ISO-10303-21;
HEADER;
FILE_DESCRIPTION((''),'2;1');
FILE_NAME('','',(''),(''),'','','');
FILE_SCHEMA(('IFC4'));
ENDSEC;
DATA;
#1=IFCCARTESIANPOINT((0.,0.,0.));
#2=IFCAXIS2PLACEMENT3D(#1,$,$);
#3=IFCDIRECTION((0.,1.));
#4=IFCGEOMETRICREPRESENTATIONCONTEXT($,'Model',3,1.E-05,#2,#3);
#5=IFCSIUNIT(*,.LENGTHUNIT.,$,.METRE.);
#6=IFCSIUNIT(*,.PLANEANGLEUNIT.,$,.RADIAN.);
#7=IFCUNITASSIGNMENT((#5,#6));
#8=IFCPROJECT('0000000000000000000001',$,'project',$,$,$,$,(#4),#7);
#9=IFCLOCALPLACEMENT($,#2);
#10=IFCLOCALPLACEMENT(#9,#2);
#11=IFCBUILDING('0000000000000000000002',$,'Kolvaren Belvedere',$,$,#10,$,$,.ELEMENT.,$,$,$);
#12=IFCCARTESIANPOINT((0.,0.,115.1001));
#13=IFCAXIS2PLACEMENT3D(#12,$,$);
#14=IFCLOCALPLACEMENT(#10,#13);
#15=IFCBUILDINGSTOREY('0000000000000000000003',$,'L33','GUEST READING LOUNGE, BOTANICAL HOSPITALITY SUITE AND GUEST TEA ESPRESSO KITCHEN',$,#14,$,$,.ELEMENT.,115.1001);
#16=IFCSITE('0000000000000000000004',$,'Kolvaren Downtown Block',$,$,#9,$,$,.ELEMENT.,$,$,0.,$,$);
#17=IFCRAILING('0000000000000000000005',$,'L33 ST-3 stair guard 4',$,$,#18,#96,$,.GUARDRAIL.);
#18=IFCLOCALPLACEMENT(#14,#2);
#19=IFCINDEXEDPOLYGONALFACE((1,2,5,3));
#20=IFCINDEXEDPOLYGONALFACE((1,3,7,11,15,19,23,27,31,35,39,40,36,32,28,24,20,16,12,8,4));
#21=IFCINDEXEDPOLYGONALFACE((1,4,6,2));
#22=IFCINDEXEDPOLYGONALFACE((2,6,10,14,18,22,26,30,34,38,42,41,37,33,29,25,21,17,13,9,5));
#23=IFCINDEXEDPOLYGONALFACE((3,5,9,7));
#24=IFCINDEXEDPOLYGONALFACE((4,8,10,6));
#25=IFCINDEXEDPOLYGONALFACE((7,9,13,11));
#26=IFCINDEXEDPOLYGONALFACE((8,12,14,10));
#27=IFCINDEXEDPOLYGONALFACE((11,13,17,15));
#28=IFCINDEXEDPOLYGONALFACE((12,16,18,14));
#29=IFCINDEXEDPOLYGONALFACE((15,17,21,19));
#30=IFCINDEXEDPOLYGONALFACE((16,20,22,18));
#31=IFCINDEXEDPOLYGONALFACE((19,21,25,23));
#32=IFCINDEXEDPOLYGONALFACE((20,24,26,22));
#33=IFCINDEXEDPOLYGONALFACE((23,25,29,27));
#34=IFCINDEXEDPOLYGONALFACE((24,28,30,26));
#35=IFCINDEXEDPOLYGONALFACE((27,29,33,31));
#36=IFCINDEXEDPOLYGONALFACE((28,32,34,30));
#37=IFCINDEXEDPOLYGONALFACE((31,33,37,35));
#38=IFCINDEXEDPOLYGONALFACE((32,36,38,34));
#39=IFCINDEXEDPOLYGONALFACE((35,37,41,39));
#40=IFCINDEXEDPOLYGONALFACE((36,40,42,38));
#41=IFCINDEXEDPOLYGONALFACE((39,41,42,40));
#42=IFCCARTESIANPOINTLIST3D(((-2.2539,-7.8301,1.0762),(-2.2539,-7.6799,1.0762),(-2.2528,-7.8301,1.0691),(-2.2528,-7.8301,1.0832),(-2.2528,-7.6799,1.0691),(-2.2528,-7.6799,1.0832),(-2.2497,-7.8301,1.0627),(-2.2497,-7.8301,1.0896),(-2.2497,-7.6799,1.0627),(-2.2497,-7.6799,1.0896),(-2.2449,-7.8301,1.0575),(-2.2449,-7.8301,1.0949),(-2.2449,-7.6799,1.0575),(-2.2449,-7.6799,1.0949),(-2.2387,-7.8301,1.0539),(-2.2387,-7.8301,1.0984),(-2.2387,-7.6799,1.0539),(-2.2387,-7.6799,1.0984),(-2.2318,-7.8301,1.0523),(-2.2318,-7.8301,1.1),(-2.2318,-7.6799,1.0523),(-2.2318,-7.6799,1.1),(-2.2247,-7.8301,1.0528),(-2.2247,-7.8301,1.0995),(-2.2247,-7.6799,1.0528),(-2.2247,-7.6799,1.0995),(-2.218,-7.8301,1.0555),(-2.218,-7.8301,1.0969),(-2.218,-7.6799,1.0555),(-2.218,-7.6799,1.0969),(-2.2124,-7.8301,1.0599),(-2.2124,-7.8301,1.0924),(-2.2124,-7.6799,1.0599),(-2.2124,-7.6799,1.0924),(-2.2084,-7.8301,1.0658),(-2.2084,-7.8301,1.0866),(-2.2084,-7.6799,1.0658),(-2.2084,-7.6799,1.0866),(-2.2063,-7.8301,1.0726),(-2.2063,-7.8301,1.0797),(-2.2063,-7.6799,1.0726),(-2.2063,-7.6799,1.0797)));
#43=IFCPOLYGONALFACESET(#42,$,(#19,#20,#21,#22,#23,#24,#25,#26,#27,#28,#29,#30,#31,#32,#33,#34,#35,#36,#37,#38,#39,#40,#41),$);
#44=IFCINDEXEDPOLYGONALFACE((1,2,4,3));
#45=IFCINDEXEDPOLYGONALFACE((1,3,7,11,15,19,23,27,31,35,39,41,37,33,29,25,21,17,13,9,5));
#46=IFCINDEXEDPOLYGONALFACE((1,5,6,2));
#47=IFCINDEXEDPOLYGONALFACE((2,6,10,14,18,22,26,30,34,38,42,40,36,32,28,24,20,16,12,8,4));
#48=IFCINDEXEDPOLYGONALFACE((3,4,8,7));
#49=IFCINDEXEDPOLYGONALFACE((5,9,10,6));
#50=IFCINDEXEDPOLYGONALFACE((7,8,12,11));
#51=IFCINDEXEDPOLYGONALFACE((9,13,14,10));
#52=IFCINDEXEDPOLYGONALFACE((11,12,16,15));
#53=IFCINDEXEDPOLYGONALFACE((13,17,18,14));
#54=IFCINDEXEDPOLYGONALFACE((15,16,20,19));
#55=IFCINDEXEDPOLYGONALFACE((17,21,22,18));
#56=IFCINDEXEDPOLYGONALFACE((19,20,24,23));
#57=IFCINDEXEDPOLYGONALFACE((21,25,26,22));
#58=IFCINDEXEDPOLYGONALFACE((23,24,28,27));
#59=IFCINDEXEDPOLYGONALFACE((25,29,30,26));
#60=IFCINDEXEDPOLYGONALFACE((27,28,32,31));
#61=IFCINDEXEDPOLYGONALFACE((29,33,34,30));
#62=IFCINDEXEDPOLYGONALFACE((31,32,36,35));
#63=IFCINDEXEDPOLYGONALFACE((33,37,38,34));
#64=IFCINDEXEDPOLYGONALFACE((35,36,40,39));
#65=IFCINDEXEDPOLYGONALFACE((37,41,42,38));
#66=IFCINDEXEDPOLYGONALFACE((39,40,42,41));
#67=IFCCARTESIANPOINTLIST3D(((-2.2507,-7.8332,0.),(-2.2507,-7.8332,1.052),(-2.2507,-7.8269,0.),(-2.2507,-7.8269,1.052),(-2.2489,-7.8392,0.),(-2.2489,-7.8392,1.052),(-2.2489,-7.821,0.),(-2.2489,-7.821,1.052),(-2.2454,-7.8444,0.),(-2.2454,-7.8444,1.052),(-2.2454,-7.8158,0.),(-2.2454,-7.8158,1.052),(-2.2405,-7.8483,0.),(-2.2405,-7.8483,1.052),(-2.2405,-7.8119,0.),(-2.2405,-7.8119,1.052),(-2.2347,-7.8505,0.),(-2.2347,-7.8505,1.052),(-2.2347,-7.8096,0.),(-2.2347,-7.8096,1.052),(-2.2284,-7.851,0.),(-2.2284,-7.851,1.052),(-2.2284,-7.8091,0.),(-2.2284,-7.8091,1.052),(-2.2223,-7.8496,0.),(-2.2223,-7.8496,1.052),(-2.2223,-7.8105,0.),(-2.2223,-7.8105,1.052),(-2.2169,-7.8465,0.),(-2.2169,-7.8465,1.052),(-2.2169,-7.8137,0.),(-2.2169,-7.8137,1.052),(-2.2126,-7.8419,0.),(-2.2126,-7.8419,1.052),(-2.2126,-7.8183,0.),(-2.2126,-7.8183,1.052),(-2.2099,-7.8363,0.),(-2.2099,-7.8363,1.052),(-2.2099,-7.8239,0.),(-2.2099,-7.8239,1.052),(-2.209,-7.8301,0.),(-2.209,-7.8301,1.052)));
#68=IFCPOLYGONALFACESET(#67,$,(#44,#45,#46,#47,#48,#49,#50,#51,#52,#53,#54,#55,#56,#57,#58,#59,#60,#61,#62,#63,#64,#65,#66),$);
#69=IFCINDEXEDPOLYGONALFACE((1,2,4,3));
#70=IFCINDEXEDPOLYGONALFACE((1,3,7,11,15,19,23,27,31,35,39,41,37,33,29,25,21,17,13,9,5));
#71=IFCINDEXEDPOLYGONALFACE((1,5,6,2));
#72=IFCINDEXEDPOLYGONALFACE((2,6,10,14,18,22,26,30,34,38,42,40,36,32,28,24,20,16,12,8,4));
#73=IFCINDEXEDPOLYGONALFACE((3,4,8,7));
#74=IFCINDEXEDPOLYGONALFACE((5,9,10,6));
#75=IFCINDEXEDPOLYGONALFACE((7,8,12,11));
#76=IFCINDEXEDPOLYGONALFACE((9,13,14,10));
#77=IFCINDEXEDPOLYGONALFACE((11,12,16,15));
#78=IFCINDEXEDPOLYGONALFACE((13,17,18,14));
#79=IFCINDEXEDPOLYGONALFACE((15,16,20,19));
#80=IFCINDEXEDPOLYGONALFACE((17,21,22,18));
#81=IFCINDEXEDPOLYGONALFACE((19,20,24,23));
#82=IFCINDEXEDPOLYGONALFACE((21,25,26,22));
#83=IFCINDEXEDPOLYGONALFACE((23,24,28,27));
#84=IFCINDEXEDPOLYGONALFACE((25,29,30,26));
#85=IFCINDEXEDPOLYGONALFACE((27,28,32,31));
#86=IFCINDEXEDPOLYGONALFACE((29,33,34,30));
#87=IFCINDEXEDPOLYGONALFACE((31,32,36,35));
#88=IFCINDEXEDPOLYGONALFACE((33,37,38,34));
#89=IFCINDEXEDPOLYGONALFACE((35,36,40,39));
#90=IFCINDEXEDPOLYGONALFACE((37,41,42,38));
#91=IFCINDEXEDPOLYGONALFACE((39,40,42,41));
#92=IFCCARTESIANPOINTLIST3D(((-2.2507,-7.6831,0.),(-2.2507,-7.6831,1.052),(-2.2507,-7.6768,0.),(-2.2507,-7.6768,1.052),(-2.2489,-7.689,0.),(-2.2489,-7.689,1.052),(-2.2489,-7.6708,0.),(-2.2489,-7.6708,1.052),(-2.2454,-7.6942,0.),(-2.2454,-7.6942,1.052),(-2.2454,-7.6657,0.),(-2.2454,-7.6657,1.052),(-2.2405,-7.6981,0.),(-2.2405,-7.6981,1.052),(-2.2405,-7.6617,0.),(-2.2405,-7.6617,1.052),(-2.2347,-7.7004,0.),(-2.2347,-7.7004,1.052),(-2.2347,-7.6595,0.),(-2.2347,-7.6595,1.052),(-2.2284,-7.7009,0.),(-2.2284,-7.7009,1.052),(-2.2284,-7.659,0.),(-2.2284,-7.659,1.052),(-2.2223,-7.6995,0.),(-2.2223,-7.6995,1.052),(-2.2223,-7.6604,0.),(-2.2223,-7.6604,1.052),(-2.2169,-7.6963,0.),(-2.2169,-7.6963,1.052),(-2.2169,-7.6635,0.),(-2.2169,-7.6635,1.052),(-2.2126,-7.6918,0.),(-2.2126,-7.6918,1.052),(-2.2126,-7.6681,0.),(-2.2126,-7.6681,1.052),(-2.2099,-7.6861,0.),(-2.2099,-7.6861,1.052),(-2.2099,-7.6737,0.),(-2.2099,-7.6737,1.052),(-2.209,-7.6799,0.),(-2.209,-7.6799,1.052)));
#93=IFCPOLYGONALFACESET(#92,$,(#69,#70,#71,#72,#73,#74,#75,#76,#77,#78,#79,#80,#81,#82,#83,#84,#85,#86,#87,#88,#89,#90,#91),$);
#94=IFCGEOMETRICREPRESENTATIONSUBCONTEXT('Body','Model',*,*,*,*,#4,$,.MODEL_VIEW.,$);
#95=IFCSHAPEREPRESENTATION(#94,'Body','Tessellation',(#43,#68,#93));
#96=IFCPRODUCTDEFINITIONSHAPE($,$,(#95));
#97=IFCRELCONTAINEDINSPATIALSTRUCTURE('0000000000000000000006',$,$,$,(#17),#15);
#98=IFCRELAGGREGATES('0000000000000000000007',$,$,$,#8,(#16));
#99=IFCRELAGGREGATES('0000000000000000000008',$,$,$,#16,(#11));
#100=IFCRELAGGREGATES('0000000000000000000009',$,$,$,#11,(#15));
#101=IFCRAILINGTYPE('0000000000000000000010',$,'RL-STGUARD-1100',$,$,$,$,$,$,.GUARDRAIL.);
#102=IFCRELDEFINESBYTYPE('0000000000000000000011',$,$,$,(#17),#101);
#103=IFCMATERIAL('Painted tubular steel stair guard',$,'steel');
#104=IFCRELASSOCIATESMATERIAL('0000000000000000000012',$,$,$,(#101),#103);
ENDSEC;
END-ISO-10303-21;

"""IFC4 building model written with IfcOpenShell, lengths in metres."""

from ifc_helpers import new_model, si_unit, direction, frame, origin, origin_2d, place, context, subcontext, project, spatial, circle, extrude, material, type_object, element, save


model = new_model("IFC4")

# Units and contexts
model_context = context("Model", 3, precision=1e-05, world=origin(), true_north=direction((0.0, 1.0)))
body_context = subcontext(model_context, "Body", "Model", "MODEL_VIEW")
ifc_project = project(units=[si_unit("LENGTHUNIT", "METRE"), si_unit("PLANEANGLEUNIT", "RADIAN")], contexts=[model_context])

# Site, building, storey
site_placement = place(None, origin())
site = spatial("IfcSite", under=ifc_project, at=site_placement, Name="Kolvaren Downtown Block", CompositionType="ELEMENT", RefElevation=0.0)
building_placement = place(site_placement, origin())
building = spatial("IfcBuilding", under=site, at=building_placement, Name="Kolvaren Belvedere", CompositionType="ELEMENT")
storey_placement = place(building_placement, frame((0.0, 0.0, 115.1001)))
storey = spatial("IfcBuildingStorey", under=building, at=storey_placement, Name="L33", Description="GUEST READING LOUNGE, BOTANICAL HOSPITALITY SUITE AND GUEST TEA ESPRESSO KITCHEN", CompositionType="ELEMENT", Elevation=115.1001)

# Railing
ifc_material_1 = material(Name="Painted tubular steel stair guard", Category="steel")
railing_type_1 = type_object("IfcRailingType", Name="RL-STGUARD-1100", PredefinedType="GUARDRAIL", material=ifc_material_1)
railing_1_placement = place(storey_placement, frame((-2.23, -7.8301, 0.0)))
element("IfcRailing", 1, at=railing_1_placement, inside=storey, type_object=railing_type_1, Name="L33 ST-3 stair guard 4", PredefinedType="GUARDRAIL", context=body_context, shape_type="SweptSolid", body=[
    extrude(circle(Radius=0.0239, at=origin_2d()), frame((0.0, 0.0, 1.0762), z_axis=(0.0, 1.0, 0.0), x_axis=(-1.0, 0.0, 0.0)), (0.0, 0.0, 1.0), 0.1501),
    extrude(circle(Radius=0.021, at=origin_2d()), origin(), (0.0, 0.0, 1.0), 1.052),
    extrude(circle(Radius=0.021, at=origin_2d()), frame((0.0, 0.1501, 0.0)), (0.0, 0.0, 1.0), 1.052),
])

save(model, "model.ifc")
